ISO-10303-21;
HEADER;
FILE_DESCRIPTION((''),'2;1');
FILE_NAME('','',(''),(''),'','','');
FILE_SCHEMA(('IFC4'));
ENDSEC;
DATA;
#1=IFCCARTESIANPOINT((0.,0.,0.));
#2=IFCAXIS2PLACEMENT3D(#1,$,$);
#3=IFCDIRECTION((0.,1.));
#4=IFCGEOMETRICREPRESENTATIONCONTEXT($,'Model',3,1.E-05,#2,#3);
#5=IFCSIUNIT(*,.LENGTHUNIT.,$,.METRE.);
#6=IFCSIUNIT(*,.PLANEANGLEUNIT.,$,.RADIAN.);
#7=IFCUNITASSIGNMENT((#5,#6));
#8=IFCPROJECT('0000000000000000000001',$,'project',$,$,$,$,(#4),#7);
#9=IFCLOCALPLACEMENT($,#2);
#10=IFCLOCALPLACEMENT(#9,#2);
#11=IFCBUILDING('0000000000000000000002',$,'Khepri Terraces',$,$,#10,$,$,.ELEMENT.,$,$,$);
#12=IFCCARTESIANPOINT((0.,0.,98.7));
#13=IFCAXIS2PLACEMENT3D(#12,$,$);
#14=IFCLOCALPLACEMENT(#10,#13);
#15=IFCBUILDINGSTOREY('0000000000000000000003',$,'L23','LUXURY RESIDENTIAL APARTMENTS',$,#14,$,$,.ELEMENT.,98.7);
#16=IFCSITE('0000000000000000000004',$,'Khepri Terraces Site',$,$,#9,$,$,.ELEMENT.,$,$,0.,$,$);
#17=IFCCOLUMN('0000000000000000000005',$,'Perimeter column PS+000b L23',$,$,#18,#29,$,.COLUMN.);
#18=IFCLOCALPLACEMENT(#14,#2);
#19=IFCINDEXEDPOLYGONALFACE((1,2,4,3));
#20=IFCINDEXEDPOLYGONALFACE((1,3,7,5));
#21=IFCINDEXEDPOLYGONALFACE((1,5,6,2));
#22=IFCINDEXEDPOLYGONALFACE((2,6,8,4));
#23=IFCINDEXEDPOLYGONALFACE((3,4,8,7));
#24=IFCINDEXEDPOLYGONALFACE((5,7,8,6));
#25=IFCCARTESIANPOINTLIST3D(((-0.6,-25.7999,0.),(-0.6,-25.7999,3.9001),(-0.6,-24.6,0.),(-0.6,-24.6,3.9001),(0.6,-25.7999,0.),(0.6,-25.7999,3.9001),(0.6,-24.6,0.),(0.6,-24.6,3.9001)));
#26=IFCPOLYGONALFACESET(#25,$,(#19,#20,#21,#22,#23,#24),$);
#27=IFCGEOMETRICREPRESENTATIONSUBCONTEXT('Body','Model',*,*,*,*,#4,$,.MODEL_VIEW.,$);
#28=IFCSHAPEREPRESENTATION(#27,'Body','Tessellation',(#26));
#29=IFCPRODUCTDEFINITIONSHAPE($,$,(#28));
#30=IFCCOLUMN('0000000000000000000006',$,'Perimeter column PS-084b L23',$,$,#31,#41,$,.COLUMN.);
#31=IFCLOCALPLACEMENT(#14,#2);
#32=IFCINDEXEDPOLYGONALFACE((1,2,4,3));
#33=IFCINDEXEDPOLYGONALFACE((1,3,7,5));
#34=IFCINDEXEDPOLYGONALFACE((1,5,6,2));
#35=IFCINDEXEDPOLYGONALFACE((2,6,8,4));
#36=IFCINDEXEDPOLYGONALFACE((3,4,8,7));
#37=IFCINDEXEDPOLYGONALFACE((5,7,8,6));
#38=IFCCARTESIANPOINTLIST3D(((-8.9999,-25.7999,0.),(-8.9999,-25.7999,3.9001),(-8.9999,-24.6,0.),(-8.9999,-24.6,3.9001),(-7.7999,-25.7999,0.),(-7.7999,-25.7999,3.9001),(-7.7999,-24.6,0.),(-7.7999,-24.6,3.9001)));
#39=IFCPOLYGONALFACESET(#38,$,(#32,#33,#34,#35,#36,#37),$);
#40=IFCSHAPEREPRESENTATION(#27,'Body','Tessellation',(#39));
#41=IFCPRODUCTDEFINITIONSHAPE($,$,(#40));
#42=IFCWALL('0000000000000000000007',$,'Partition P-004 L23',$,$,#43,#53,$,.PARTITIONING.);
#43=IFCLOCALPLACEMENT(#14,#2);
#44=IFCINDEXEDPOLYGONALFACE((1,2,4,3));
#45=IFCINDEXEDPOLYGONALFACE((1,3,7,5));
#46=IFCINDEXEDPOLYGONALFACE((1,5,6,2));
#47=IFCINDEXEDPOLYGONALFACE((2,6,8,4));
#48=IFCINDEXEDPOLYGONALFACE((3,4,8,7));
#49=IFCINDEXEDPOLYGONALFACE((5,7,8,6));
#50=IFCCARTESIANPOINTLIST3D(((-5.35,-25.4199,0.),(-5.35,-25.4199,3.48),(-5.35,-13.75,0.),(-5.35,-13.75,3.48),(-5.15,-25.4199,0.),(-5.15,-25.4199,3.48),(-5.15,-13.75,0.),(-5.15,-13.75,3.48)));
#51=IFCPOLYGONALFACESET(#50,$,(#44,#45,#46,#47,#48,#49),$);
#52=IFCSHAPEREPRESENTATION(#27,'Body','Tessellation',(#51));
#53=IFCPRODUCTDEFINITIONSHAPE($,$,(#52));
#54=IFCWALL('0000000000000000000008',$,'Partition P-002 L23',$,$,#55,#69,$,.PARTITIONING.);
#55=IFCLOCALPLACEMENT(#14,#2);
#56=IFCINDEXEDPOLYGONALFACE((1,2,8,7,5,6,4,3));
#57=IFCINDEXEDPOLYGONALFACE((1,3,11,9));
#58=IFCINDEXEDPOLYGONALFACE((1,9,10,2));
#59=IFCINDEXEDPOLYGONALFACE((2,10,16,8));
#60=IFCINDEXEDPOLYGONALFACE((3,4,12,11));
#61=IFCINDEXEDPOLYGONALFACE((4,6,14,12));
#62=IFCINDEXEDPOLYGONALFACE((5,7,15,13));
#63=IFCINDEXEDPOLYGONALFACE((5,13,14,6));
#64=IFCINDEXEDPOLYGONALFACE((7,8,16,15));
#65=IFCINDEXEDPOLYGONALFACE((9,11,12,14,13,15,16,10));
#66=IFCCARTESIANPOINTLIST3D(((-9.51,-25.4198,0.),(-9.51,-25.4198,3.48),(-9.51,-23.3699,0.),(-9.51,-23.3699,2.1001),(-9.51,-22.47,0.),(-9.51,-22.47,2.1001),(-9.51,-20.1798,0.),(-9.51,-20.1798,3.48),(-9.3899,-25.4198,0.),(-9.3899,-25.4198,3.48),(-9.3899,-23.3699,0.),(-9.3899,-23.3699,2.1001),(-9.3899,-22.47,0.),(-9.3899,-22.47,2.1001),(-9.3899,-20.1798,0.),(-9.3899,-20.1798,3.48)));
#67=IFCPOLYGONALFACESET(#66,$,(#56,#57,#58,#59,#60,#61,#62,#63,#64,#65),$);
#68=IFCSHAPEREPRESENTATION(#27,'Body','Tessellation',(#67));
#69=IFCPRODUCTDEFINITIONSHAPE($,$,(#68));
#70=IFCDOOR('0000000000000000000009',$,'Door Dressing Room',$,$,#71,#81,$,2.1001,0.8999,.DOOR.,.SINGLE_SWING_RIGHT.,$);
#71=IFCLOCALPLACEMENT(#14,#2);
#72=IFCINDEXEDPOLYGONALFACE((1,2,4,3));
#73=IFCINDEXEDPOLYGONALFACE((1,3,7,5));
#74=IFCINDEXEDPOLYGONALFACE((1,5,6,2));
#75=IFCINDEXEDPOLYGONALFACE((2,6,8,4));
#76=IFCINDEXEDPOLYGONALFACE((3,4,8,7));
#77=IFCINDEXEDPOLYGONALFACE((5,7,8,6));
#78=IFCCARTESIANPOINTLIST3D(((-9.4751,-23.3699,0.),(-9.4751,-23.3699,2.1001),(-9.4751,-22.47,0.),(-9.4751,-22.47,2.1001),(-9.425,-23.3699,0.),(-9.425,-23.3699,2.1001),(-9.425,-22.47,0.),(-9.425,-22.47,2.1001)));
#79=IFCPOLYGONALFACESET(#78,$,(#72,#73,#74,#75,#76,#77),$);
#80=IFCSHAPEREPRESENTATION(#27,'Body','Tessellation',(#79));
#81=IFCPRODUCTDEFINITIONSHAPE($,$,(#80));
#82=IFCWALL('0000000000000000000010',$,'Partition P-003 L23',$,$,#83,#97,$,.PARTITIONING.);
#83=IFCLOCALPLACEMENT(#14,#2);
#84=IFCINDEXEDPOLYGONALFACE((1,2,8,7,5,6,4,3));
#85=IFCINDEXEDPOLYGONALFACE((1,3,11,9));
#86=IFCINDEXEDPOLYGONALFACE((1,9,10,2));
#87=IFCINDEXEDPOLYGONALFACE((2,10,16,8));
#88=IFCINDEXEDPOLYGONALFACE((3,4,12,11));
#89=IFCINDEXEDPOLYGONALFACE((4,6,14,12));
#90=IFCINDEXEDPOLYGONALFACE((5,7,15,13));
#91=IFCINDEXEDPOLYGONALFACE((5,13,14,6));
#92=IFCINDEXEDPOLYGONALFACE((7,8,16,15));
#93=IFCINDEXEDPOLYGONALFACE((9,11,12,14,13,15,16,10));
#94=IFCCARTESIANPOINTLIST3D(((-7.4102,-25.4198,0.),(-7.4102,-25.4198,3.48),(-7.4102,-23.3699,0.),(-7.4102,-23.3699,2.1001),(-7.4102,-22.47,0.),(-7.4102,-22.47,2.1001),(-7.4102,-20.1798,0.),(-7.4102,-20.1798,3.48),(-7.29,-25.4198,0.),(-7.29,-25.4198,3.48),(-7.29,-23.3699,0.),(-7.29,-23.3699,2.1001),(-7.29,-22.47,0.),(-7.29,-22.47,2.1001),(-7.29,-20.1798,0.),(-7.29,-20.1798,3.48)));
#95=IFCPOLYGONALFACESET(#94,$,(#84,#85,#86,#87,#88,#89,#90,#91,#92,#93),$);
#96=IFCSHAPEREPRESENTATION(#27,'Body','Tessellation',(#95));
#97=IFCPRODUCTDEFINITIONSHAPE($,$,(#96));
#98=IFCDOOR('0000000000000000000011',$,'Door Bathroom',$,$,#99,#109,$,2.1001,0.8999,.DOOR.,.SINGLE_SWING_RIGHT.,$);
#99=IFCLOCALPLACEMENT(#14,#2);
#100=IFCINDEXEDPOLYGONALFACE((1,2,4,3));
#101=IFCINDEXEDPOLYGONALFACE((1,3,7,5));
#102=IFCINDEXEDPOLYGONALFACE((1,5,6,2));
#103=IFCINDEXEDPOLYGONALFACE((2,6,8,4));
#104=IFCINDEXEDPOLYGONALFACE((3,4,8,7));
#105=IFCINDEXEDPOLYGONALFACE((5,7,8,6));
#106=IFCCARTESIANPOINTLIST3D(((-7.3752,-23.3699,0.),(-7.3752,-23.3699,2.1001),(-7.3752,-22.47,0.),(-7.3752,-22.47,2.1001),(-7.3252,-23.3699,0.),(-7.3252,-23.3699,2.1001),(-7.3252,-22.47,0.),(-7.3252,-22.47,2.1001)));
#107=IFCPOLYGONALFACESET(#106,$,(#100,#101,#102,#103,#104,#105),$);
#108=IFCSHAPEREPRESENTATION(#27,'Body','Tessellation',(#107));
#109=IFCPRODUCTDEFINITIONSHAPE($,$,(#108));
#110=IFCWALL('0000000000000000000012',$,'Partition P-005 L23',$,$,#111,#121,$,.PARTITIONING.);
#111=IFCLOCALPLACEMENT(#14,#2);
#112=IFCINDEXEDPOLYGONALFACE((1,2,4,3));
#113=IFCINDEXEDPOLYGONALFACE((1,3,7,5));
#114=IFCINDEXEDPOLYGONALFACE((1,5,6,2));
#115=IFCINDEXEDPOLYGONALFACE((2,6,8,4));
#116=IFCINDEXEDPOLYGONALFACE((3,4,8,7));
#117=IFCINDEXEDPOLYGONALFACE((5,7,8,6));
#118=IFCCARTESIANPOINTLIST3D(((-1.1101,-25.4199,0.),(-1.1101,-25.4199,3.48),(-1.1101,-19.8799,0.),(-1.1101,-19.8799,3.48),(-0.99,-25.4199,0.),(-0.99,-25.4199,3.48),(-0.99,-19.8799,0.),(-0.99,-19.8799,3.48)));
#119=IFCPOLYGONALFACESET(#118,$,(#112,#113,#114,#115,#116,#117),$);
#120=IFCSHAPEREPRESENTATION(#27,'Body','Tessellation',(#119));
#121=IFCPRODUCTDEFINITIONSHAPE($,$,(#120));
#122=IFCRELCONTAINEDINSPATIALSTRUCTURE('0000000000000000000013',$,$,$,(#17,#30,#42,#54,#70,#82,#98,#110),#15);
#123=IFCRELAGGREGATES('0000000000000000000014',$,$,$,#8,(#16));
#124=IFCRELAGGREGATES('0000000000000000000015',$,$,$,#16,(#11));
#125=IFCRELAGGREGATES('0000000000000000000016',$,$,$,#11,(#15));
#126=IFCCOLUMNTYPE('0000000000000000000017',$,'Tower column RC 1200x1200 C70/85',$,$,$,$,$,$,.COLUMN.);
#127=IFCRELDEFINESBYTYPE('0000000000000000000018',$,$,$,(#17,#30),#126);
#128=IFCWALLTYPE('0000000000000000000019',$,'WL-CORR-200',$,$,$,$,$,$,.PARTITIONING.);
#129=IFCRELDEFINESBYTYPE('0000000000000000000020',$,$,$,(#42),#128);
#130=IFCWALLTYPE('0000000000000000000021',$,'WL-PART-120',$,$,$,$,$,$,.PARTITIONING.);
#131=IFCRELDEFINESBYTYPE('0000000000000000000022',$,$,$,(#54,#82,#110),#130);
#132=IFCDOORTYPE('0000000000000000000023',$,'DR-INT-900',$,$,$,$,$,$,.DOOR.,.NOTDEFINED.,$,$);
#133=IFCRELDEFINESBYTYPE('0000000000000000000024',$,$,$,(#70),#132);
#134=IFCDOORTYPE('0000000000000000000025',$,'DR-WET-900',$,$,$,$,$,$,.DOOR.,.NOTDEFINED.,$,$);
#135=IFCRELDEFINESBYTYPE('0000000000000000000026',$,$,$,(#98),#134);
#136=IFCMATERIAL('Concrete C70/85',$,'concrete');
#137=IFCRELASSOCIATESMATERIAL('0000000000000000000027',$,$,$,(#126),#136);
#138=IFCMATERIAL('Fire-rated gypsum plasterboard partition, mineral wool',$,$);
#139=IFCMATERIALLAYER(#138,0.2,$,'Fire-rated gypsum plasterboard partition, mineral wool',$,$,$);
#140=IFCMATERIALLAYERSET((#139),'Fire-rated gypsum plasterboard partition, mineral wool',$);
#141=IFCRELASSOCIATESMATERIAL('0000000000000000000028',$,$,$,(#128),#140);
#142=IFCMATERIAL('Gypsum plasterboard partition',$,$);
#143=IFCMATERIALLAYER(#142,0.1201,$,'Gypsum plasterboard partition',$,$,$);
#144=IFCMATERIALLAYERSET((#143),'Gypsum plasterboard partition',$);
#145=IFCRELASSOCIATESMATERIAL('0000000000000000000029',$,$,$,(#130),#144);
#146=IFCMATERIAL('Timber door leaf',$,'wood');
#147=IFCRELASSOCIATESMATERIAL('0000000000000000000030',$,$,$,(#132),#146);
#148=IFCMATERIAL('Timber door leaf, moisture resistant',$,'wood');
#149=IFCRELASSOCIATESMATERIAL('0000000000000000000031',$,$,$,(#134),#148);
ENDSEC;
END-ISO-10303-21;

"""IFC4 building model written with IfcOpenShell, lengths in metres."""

from ifc_helpers import new_model, si_unit, direction, frame, frame_2d, origin, origin_2d, place, context, subcontext, project, spatial, rectangle, extrude, material, layer, layer_set, material_profile, profile_set, type_object, element, fill, save


model = new_model("IFC4")

# Units and contexts
model_context = context("Model", 3, precision=1e-05, world=origin(), true_north=direction((0.0, 1.0)))
body_context = subcontext(model_context, "Body", "Model", "MODEL_VIEW")
ifc_project = project(units=[si_unit("LENGTHUNIT", "METRE"), si_unit("PLANEANGLEUNIT", "RADIAN")], contexts=[model_context])

# Site, building, storey
site_placement = place(None, origin())
site = spatial("IfcSite", under=ifc_project, at=site_placement, Name="Khepri Terraces Site", CompositionType="ELEMENT", RefElevation=0.0)
building_placement = place(site_placement, origin())
building = spatial("IfcBuilding", under=site, at=building_placement, Name="Khepri Terraces", CompositionType="ELEMENT")
storey_placement = place(building_placement, frame((0.0, 0.0, 98.7)))
storey = spatial("IfcBuildingStorey", under=building, at=storey_placement, Name="L23", Description="LUXURY RESIDENTIAL APARTMENTS", CompositionType="ELEMENT", Elevation=98.7)

# Columns
ifc_material_1 = material(Name="Concrete C70/85", Category="concrete")
ifc_material_profile = material_profile(ifc_material_1, rectangle(XDim=1.2, YDim=1.2, at=origin_2d()), Name="Concrete C70/85", Category="concrete")
ifc_profile_set = profile_set([ifc_material_profile], Name="Concrete C70/85")
column_type = type_object("IfcColumnType", Name="Tower column RC 1200x1200 C70/85", PredefinedType="COLUMN", material=ifc_profile_set)
for number, where, z_axis, x_axis, name in (
    (1, (0.0, -25.2, 0.0), (0.0, 0.0, 1.0), (1.0, 0.0, 0.0), "Perimeter column PS+000b L23"),
    (2, (-8.3999, -25.2, 0.0), (0.0, 0.0, 1.0), (1.0, 0.0, 0.0), "Perimeter column PS-084b L23"),
):
    element("IfcColumn", number, at=place(storey_placement, frame(where, z_axis=z_axis, x_axis=x_axis)), inside=storey, type_object=column_type, Name=name, PredefinedType="COLUMN", context=body_context, shape_type="SweptSolid", body=[
        extrude(rectangle(XDim=1.2, YDim=1.2, at=origin_2d()), origin(), (0.0, 0.0, 1.0), 3.9001),
    ])

# Wall
ifc_material_2 = material(Name="Fire-rated gypsum plasterboard partition, mineral wool")
ifc_layer_1 = layer(ifc_material_2, 0.2, Name="Fire-rated gypsum plasterboard partition, mineral wool")
ifc_layer_set_1 = layer_set([ifc_layer_1], Name="Fire-rated gypsum plasterboard partition, mineral wool")
wall_type_1 = type_object("IfcWallType", Name="WL-CORR-200", PredefinedType="PARTITIONING", material=ifc_layer_set_1)
wall_1_placement = place(storey_placement, frame((-5.25, -25.4199, 0.0), z_axis=(0.0, 0.0, 1.0), x_axis=(0.0, 1.0, 0.0)))
element("IfcWall", 3, at=wall_1_placement, inside=storey, type_object=wall_type_1, Name="Partition P-004 L23", PredefinedType="PARTITIONING", context=body_context, shape_type="SweptSolid", body=[
    extrude(rectangle(XDim=11.6699, YDim=0.2, at=frame_2d((5.835, 0.0))), origin(), (0.0, 0.0, 1.0), 3.48),
])

# Walls, openings, doors
ifc_material_3 = material(Name="Gypsum plasterboard partition")
ifc_layer_2 = layer(ifc_material_3, 0.1201, Name="Gypsum plasterboard partition")
ifc_layer_set_2 = layer_set([ifc_layer_2], Name="Gypsum plasterboard partition")
wall_type_2 = type_object("IfcWallType", Name="WL-PART-120", PredefinedType="PARTITIONING", material=ifc_layer_set_2)
wall_2_placement = place(storey_placement, frame((-9.45, -25.4199, 0.0), z_axis=(0.0, 0.0, 1.0), x_axis=(0.0, 1.0, 0.0)))
wall_2 = element("IfcWall", 4, at=wall_2_placement, inside=storey, type_object=wall_type_2, Name="Partition P-002 L23", PredefinedType="PARTITIONING", context=body_context, shape_type="SweptSolid", body=[
    extrude(rectangle(XDim=5.24, YDim=0.1201, at=frame_2d((2.6201, 0.0))), origin(), (0.0, 0.0, 1.0), 3.48),
])
opening_1_placement = place(wall_2_placement, frame((2.05, 0.0, 0.0)))
opening_1 = element("IfcOpeningElement", 5, at=opening_1_placement, cuts=wall_2, PredefinedType="OPENING", context=body_context, shape_type="SweptSolid", body=[
    extrude(rectangle(XDim=0.8999, YDim=2.1001, at=frame_2d((0.45, 1.05))), frame((0.0, 0.0701, 0.0), z_axis=(0.0, -1.0, 0.0), x_axis=(1.0, 0.0, 0.0)), (0.0, 0.0, 1.0), 0.1401),
])
ifc_material_4 = material(Name="Timber door leaf", Category="wood")
door_type_1 = type_object("IfcDoorType", Name="DR-INT-900", OperationType="NOTDEFINED", PredefinedType="DOOR", material=ifc_material_4)
door_1_placement = place(opening_1_placement, frame((0.8999, 0.0, 0.0), z_axis=(0.0, 0.0, 1.0), x_axis=(-1.0, 0.0, 0.0)))
door_1 = element("IfcDoor", 6, at=door_1_placement, inside=storey, type_object=door_type_1, Name="Door Dressing Room", OperationType="SINGLE_SWING_RIGHT", OverallHeight=2.1001, OverallWidth=0.8999, PredefinedType="DOOR", context=body_context, shape_type="SweptSolid", body=[
    extrude(rectangle(XDim=0.8999, YDim=2.1001, at=frame_2d((0.45, 1.05))), frame((0.0, 0.0249, 0.0), z_axis=(0.0, -1.0, 0.0), x_axis=(1.0, 0.0, 0.0)), (0.0, 0.0, 1.0), 0.05),
])
fill(opening_1, door_1)
wall_3_placement = place(storey_placement, frame((-7.3501, -25.4199, 0.0), z_axis=(0.0, 0.0, 1.0), x_axis=(0.0, 1.0, 0.0)))
wall_3 = element("IfcWall", 7, at=wall_3_placement, inside=storey, type_object=wall_type_2, Name="Partition P-003 L23", PredefinedType="PARTITIONING", context=body_context, shape_type="SweptSolid", body=[
    extrude(rectangle(XDim=5.24, YDim=0.1201, at=frame_2d((2.6201, 0.0))), origin(), (0.0, 0.0, 1.0), 3.48),
])
opening_2_placement = place(wall_3_placement, frame((2.05, 0.0, 0.0)))
opening_2 = element("IfcOpeningElement", 8, at=opening_2_placement, cuts=wall_3, PredefinedType="OPENING", context=body_context, shape_type="SweptSolid", body=[
    extrude(rectangle(XDim=0.8999, YDim=2.1001, at=frame_2d((0.45, 1.05))), frame((0.0, 0.0701, 0.0), z_axis=(0.0, -1.0, 0.0), x_axis=(1.0, 0.0, 0.0)), (0.0, 0.0, 1.0), 0.1401),
])
ifc_material_5 = material(Name="Timber door leaf, moisture resistant", Category="wood")
door_type_2 = type_object("IfcDoorType", Name="DR-WET-900", OperationType="NOTDEFINED", PredefinedType="DOOR", material=ifc_material_5)
door_2_placement = place(opening_2_placement, frame((0.8999, 0.0, 0.0), z_axis=(0.0, 0.0, 1.0), x_axis=(-1.0, 0.0, 0.0)))
door_2 = element("IfcDoor", 9, at=door_2_placement, inside=storey, type_object=door_type_2, Name="Door Bathroom", OperationType="SINGLE_SWING_RIGHT", OverallHeight=2.1001, OverallWidth=0.8999, PredefinedType="DOOR", context=body_context, shape_type="SweptSolid", body=[
    extrude(rectangle(XDim=0.8999, YDim=2.1001, at=frame_2d((0.45, 1.05))), frame((0.0, 0.0249, 0.0), z_axis=(0.0, -1.0, 0.0), x_axis=(1.0, 0.0, 0.0)), (0.0, 0.0, 1.0), 0.05),
])
fill(opening_2, door_2)

# Wall
wall_4_placement = place(storey_placement, frame((-1.05, -25.4199, 0.0), z_axis=(0.0, 0.0, 1.0), x_axis=(0.0, 1.0, 0.0)))
element("IfcWall", 10, at=wall_4_placement, inside=storey, type_object=wall_type_2, Name="Partition P-005 L23", PredefinedType="PARTITIONING", context=body_context, shape_type="SweptSolid", body=[
    extrude(rectangle(XDim=5.54, YDim=0.1201, at=frame_2d((2.77, 0.0))), origin(), (0.0, 0.0, 1.0), 3.48),
])

save(model, "model.ifc")
